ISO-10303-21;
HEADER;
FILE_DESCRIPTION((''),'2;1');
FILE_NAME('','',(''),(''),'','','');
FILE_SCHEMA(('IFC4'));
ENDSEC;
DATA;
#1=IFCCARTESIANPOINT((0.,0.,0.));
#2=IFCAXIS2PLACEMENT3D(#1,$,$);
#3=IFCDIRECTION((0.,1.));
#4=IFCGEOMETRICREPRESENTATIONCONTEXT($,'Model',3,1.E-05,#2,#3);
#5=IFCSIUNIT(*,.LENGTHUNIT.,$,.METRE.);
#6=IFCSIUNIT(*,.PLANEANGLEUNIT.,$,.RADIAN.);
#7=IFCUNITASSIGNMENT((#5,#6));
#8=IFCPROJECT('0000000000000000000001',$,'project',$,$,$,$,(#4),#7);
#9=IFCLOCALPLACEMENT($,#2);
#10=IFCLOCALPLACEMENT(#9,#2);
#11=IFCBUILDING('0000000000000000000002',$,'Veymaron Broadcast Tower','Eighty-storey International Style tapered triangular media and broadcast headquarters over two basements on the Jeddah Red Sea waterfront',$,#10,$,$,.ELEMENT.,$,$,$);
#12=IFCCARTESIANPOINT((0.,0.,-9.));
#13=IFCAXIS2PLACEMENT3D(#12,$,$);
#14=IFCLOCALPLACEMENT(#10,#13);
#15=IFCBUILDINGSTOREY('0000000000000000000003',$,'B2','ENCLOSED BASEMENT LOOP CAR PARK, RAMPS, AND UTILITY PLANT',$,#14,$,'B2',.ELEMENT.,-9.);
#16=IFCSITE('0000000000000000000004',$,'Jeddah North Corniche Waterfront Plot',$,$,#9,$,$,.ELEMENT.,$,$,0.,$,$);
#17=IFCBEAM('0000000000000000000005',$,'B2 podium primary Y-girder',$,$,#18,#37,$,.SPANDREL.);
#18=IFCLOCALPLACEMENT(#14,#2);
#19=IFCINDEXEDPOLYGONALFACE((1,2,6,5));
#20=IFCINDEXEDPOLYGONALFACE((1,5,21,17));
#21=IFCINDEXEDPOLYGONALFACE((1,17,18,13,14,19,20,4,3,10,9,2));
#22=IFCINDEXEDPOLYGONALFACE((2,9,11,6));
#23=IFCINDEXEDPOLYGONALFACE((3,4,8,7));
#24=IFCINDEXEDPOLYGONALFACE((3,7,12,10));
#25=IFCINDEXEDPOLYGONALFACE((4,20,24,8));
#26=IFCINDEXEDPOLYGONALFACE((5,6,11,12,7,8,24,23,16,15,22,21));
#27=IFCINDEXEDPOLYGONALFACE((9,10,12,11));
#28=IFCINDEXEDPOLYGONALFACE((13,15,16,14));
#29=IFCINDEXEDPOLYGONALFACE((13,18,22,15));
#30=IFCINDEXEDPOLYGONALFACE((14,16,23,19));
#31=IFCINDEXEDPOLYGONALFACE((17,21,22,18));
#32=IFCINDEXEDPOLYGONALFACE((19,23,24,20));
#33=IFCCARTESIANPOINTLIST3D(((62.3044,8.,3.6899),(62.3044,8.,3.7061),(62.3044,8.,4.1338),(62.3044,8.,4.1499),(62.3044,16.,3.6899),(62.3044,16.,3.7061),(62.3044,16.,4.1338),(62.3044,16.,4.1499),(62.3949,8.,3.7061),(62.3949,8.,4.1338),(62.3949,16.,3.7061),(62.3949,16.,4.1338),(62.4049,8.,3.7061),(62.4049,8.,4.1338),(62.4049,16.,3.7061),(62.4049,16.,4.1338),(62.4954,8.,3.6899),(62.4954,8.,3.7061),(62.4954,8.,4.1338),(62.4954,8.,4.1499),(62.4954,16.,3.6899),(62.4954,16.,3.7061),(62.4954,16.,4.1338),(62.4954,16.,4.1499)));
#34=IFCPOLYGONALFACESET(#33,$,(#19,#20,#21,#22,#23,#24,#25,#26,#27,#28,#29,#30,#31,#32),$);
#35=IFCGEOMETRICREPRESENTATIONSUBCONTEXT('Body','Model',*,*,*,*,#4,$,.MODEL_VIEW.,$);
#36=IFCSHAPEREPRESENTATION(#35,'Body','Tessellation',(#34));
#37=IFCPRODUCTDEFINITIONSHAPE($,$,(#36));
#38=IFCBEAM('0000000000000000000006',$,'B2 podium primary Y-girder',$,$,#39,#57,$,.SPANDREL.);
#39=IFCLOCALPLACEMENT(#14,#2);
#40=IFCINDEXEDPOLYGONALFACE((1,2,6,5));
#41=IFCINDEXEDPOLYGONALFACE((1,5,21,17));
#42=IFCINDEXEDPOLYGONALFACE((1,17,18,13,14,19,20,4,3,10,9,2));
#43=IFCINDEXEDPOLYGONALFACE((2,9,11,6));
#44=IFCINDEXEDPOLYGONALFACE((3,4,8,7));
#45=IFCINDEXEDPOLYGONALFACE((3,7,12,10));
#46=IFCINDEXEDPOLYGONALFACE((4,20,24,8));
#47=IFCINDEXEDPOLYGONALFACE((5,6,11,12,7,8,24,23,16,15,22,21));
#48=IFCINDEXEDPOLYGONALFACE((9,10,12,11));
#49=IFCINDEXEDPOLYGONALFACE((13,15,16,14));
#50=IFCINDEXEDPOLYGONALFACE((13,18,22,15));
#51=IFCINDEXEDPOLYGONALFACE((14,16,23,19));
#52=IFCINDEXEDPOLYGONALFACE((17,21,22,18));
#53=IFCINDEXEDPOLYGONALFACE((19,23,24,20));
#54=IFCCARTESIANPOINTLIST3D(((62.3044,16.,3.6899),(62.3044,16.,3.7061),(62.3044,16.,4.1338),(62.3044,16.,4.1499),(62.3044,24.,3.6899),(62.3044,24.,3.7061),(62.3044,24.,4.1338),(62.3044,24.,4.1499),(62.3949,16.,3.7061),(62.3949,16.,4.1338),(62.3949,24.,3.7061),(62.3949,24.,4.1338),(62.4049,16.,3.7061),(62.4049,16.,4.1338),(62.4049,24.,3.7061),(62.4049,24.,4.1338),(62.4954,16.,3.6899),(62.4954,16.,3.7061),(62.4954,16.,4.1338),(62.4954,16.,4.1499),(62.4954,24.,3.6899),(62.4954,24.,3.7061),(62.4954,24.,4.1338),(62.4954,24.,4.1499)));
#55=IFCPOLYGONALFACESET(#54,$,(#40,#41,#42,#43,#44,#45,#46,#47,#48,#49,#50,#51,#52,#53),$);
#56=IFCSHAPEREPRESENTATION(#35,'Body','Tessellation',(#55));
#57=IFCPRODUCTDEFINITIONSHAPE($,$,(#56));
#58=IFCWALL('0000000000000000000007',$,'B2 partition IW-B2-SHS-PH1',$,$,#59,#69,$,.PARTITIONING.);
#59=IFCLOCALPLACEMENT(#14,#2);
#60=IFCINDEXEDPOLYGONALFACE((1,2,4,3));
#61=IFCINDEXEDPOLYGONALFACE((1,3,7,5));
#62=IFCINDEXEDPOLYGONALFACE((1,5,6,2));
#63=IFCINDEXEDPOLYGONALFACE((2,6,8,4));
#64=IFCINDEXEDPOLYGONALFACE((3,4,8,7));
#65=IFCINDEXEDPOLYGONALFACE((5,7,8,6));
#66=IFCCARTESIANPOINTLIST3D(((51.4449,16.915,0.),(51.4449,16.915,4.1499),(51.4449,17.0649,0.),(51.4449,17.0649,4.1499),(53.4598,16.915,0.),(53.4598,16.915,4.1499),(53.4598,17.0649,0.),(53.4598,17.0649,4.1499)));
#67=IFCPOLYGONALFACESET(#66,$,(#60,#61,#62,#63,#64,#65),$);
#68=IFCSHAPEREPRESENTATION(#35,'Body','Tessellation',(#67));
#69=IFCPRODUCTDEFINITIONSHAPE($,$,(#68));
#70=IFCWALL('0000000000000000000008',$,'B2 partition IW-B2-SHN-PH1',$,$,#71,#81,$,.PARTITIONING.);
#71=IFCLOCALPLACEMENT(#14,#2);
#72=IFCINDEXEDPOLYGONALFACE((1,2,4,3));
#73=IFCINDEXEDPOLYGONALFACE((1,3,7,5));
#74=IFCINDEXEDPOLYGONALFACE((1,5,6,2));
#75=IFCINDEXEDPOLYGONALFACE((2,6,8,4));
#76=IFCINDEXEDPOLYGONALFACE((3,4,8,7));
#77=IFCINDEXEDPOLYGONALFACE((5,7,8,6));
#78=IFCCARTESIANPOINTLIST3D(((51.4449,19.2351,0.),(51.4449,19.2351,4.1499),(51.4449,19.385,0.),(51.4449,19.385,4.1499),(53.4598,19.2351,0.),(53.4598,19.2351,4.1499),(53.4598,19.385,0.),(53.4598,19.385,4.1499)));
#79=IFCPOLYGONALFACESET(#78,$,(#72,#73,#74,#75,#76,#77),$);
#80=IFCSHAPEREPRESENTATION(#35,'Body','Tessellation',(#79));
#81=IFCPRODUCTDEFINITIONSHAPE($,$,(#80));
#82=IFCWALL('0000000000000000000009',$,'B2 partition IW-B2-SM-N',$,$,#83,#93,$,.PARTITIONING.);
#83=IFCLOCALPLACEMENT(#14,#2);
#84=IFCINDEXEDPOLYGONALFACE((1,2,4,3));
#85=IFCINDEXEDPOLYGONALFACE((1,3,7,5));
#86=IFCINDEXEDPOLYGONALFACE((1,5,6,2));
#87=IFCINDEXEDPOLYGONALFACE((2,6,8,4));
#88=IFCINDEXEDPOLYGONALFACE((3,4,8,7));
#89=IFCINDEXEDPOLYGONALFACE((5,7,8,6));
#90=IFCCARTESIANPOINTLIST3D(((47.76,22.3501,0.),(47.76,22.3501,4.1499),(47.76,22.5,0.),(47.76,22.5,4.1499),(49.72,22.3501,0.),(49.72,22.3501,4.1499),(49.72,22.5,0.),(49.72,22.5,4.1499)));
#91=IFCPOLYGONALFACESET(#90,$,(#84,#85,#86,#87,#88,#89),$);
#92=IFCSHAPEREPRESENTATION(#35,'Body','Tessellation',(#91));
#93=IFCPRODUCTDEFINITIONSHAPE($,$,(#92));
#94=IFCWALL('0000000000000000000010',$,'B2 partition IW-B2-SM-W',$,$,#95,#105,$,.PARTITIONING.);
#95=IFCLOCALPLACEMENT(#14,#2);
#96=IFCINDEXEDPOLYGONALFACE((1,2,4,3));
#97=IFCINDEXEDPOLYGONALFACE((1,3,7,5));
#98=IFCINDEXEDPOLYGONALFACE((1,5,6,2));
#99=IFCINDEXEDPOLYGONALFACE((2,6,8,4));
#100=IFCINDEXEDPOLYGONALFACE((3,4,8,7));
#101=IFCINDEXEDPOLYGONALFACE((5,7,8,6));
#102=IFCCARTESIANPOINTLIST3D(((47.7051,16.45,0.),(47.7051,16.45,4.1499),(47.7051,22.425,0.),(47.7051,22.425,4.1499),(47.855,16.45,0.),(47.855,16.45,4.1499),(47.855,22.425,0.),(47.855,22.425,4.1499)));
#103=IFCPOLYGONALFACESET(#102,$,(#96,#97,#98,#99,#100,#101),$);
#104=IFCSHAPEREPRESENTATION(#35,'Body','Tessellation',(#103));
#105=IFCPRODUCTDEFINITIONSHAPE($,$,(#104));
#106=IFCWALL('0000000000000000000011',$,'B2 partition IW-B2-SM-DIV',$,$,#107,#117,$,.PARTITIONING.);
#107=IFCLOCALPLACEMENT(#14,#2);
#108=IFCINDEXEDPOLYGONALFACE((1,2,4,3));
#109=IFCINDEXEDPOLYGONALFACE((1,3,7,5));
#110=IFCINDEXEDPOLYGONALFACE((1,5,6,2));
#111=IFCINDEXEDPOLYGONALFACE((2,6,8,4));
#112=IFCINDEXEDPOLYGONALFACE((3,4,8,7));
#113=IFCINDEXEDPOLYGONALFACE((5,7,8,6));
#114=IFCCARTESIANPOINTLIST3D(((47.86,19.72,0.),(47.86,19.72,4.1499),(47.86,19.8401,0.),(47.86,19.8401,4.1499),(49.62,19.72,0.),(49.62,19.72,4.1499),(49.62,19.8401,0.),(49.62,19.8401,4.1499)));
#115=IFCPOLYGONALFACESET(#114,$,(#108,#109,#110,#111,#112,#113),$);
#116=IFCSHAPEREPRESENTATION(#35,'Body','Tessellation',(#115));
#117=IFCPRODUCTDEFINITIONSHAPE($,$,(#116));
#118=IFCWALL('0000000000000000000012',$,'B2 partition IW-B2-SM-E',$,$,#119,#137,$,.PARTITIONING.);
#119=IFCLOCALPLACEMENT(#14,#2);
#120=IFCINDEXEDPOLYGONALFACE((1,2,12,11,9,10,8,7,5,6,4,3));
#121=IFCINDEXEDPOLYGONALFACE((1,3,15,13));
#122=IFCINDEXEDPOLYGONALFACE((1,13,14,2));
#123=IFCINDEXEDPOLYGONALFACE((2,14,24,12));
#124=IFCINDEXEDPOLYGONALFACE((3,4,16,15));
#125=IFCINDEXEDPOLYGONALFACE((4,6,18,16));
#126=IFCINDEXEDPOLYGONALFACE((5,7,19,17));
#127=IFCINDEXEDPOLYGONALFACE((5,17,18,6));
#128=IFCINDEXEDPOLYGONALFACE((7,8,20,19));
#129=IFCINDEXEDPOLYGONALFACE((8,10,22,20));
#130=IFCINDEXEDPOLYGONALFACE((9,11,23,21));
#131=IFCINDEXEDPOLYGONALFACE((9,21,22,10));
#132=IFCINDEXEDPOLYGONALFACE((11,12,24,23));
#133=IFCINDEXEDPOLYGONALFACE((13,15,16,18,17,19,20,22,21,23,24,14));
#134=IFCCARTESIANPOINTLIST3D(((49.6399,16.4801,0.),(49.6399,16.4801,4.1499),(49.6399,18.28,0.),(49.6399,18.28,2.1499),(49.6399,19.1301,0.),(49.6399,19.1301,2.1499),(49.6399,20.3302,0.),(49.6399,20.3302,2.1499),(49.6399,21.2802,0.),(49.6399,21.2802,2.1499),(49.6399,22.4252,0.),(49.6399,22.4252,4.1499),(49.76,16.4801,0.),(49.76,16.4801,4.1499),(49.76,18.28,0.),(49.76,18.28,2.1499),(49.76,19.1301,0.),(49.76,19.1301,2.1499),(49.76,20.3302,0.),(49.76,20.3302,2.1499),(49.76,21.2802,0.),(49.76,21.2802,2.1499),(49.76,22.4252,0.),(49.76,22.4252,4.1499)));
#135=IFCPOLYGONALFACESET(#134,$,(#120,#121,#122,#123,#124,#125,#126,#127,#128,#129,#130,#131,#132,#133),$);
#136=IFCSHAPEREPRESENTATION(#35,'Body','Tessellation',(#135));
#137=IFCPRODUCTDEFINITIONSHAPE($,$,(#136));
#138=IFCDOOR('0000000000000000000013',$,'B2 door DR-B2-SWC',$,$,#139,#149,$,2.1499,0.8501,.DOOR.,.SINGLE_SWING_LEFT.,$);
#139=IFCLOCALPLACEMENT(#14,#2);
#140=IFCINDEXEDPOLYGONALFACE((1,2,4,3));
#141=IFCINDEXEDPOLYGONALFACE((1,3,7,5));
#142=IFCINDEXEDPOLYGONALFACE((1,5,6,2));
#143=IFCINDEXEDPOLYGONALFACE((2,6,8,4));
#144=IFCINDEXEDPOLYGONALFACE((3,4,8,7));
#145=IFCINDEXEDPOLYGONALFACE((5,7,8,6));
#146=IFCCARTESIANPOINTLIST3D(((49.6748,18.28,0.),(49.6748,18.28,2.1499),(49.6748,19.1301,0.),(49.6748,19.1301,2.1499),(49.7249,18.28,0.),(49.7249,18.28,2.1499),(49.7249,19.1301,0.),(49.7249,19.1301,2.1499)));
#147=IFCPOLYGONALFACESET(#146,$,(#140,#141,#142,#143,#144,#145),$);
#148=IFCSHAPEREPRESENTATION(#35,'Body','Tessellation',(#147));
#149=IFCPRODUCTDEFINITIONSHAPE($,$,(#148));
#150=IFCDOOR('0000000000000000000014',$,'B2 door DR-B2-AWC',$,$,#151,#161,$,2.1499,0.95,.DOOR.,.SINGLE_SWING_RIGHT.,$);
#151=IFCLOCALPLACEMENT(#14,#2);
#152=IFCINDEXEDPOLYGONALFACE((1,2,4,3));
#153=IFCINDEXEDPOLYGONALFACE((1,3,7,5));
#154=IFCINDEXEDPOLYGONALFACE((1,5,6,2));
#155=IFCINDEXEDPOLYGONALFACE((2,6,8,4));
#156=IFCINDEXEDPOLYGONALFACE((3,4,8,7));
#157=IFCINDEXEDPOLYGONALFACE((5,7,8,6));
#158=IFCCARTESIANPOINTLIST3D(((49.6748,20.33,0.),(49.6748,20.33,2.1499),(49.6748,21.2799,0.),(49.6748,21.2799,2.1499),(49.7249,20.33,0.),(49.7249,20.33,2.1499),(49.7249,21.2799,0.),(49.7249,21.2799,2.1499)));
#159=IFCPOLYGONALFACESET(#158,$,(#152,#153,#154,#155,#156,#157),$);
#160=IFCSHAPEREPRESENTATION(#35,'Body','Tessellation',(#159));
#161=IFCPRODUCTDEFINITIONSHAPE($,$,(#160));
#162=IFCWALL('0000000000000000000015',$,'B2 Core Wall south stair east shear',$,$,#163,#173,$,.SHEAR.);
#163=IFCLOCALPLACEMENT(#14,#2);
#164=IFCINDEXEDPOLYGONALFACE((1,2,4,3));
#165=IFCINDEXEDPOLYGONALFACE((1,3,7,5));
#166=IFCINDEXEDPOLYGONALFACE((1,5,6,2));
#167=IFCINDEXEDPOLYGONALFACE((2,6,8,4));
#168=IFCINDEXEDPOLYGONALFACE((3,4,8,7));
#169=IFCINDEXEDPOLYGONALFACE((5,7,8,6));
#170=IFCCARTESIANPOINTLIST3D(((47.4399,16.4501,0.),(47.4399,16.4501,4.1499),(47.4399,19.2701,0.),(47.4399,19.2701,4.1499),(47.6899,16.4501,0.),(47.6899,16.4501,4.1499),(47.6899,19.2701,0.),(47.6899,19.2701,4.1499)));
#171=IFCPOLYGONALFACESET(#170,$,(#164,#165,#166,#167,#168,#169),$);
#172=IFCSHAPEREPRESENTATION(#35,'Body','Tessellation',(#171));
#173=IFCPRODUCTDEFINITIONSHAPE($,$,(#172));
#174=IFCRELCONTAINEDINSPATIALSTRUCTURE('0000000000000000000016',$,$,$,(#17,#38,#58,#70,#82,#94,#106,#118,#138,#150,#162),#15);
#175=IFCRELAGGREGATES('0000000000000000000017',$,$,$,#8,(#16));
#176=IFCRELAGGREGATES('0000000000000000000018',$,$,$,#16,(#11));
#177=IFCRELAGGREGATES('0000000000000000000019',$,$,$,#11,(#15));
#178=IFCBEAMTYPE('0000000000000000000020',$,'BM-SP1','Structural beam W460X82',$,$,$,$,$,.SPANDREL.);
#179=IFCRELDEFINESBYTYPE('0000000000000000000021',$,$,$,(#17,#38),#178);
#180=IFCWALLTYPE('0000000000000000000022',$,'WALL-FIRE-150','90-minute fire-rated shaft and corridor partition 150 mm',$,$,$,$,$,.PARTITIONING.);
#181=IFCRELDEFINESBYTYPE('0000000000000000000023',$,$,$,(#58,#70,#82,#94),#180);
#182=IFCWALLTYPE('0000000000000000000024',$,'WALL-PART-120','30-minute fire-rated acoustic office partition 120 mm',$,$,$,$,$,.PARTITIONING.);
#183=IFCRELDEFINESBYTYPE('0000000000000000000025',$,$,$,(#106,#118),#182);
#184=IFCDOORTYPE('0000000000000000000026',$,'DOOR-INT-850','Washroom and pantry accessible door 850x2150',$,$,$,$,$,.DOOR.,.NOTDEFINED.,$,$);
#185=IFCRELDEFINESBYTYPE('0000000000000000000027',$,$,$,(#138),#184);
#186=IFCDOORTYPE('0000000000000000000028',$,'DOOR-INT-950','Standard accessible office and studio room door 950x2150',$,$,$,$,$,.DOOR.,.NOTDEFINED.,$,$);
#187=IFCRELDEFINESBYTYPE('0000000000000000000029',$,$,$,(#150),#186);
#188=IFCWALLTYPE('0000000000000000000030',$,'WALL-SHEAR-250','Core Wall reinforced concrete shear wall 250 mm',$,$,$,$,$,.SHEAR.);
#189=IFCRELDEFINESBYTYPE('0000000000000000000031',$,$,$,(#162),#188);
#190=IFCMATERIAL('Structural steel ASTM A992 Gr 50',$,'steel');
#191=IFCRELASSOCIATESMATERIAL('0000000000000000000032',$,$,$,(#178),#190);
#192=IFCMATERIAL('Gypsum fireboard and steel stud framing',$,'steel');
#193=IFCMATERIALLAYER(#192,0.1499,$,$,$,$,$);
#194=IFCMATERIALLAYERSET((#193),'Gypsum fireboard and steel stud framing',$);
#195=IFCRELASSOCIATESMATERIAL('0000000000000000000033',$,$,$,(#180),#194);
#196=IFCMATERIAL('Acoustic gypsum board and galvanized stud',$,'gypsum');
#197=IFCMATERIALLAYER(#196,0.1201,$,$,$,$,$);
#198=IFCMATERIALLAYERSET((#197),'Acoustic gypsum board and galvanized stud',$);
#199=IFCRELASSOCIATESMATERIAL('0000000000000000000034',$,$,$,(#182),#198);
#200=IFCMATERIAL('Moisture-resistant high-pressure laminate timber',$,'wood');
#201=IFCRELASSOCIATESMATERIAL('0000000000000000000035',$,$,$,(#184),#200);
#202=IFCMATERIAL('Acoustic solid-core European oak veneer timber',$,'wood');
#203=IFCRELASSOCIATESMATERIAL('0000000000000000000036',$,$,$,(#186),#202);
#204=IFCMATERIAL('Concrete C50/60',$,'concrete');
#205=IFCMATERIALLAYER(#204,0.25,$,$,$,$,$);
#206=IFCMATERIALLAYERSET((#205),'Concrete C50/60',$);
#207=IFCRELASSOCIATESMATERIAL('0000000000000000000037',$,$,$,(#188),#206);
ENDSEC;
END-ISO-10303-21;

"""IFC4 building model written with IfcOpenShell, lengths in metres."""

from ifc_helpers import new_model, si_unit, direction, frame, frame_2d, origin, origin_2d, place, context, subcontext, project, spatial, rectangle, i_section, extrude, material, layer, layer_set, material_profile, profile_set, type_object, element, fill, save


model = new_model("IFC4")

# Units and contexts
model_context = context("Model", 3, precision=1e-05, world=origin(), true_north=direction((0.0, 1.0)))
body_context = subcontext(model_context, "Body", "Model", "MODEL_VIEW")
ifc_project = project(units=[si_unit("LENGTHUNIT", "METRE"), si_unit("PLANEANGLEUNIT", "RADIAN")], contexts=[model_context])

# Site, building, storey
site_placement = place(None, origin())
site = spatial("IfcSite", under=ifc_project, at=site_placement, Name="Jeddah North Corniche Waterfront Plot", CompositionType="ELEMENT", RefElevation=0.0)
building_placement = place(site_placement, origin())
building = spatial("IfcBuilding", under=site, at=building_placement, Name="Veymaron Broadcast Tower", Description="Eighty-storey International Style tapered triangular media and broadcast headquarters over two basements on the Jeddah Red Sea waterfront", CompositionType="ELEMENT")
storey_placement = place(building_placement, frame((0.0, 0.0, -9.0)))
storey = spatial("IfcBuildingStorey", under=building, at=storey_placement, Name="B2", Description="ENCLOSED BASEMENT LOOP CAR PARK, RAMPS, AND UTILITY PLANT", LongName="B2", CompositionType="ELEMENT", Elevation=-9.0)

# Shared definitions
ifc_material_1 = material(Name="Concrete C50/60", Category="concrete")

# Beams
ifc_material_2 = material(Name="Structural steel ASTM A992 Gr 50", Category="steel")
ifc_material_profile_1 = material_profile(ifc_material_2, i_section(OverallWidth=0.1909, OverallDepth=0.46, WebThickness=0.01, FlangeThickness=0.0161, at=origin_2d()), Name="W460X82")
ifc_profile_set_1 = profile_set([ifc_material_profile_1], Name="Structural steel ASTM A992 Gr 50")
beam_type_1 = type_object("IfcBeamType", Name="BM-SP1", Description="Structural beam W460X82", PredefinedType="SPANDREL", material=ifc_profile_set_1)
for number, where, z_axis, x_axis, name in (
    (1, (62.3999, 8.0, 3.9199), (0.0, 1.0, 0.0), (-1.0, 0.0, 0.0), "B2 podium primary Y-girder"),
    (2, (62.3999, 16.0, 3.9199), (0.0, 1.0, 0.0), (-1.0, 0.0, 0.0), "B2 podium primary Y-girder"),
):
    element("IfcBeam", number, at=place(storey_placement, frame(where, z_axis=z_axis, x_axis=x_axis)), inside=storey, type_object=beam_type_1, Name=name, PredefinedType="SPANDREL", context=body_context, shape_type="SweptSolid", body=[
        extrude(i_section(OverallWidth=0.1909, OverallDepth=0.46, WebThickness=0.01, FlangeThickness=0.0161, at=origin_2d()), origin(), (0.0, 0.0, 1.0), 8.0),
    ])

# Shared definitions
ifc_material_3 = material(Name="Gypsum fireboard and steel stud framing", Category="steel")
ifc_layer_1 = layer(ifc_material_3, 0.1499)
ifc_layer_set_1 = layer_set([ifc_layer_1], Name="Gypsum fireboard and steel stud framing")
wall_type_1 = type_object("IfcWallType", Name="WALL-FIRE-150", Description="90-minute fire-rated shaft and corridor partition 150 mm", PredefinedType="PARTITIONING", material=ifc_layer_set_1)

# Walls
for number, where, z_axis, x_axis, name in (
    (3, (51.4451, 16.99, 0.0), (0.0, 0.0, 1.0), (1.0, 0.0, 0.0), "B2 partition IW-B2-SHS-PH1"),
    (4, (51.4451, 19.3101, 0.0), (0.0, 0.0, 1.0), (1.0, 0.0, 0.0), "B2 partition IW-B2-SHN-PH1"),
):
    element("IfcWall", number, at=place(storey_placement, frame(where, z_axis=z_axis, x_axis=x_axis)), inside=storey, type_object=wall_type_1, Name=name, PredefinedType="PARTITIONING", context=body_context, shape_type="SweptSolid", body=[
        extrude(rectangle(XDim=2.0149, YDim=0.1499, at=frame_2d((1.0073, 0.0))), origin(), (0.0, 0.0, 1.0), 4.1499),
    ])
wall_1_placement = place(storey_placement, frame((47.76, 22.425, 0.0), z_axis=(0.0, 0.0, 1.0), x_axis=(1.0, 0.0, 0.0)))
element("IfcWall", 5, at=wall_1_placement, inside=storey, type_object=wall_type_1, Name="B2 partition IW-B2-SM-N", PredefinedType="PARTITIONING", context=body_context, shape_type="SweptSolid", body=[
    extrude(rectangle(XDim=1.96, YDim=0.1499, at=frame_2d((0.98, 0.0))), origin(), (0.0, 0.0, 1.0), 4.1499),
])
wall_2_placement = place(storey_placement, frame((47.78, 16.45, 0.0), z_axis=(0.0, 0.0, 1.0), x_axis=(0.0, 1.0, 0.0)))
element("IfcWall", 6, at=wall_2_placement, inside=storey, type_object=wall_type_1, Name="B2 partition IW-B2-SM-W", PredefinedType="PARTITIONING", context=body_context, shape_type="SweptSolid", body=[
    extrude(rectangle(XDim=5.9751, YDim=0.1499, at=frame_2d((2.9875, 0.0))), origin(), (0.0, 0.0, 1.0), 4.1499),
])
ifc_material_4 = material(Name="Acoustic gypsum board and galvanized stud", Category="gypsum")
ifc_layer_2 = layer(ifc_material_4, 0.1201)
ifc_layer_set_2 = layer_set([ifc_layer_2], Name="Acoustic gypsum board and galvanized stud")
wall_type_2 = type_object("IfcWallType", Name="WALL-PART-120", Description="30-minute fire-rated acoustic office partition 120 mm", PredefinedType="PARTITIONING", material=ifc_layer_set_2)
wall_3_placement = place(storey_placement, frame((47.8601, 19.78, 0.0), z_axis=(0.0, 0.0, 1.0), x_axis=(1.0, 0.0, 0.0)))
element("IfcWall", 7, at=wall_3_placement, inside=storey, type_object=wall_type_2, Name="B2 partition IW-B2-SM-DIV", PredefinedType="PARTITIONING", context=body_context, shape_type="SweptSolid", body=[
    extrude(rectangle(XDim=1.76, YDim=0.1201, at=frame_2d((0.8799, 0.0))), origin(), (0.0, 0.0, 1.0), 4.1499),
])

# Wall, openings, doors
wall_4_placement = place(storey_placement, frame((49.7, 16.48, 0.0), z_axis=(0.0, 0.0, 1.0), x_axis=(0.0, 1.0, 0.0)))
wall_4 = element("IfcWall", 8, at=wall_4_placement, inside=storey, type_object=wall_type_2, Name="B2 partition IW-B2-SM-E", PredefinedType="PARTITIONING", context=body_context, shape_type="SweptSolid", body=[
    extrude(rectangle(XDim=5.9451, YDim=0.1201, at=frame_2d((2.9727, 0.0))), origin(), (0.0, 0.0, 1.0), 4.1499),
])
opening_1_placement = place(wall_4_placement, frame((1.8, 0.0, 0.0)))
opening_1 = element("IfcOpeningElement", 9, at=opening_1_placement, cuts=wall_4, PredefinedType="OPENING", context=body_context, shape_type="SweptSolid", body=[
    extrude(rectangle(XDim=0.8501, YDim=2.1499, at=frame_2d((0.425, 1.075))), frame((0.0, 0.0701, 0.0), z_axis=(0.0, -1.0, 0.0), x_axis=(1.0, 0.0, 0.0)), (0.0, 0.0, 1.0), 0.1401),
])
opening_2_placement = place(wall_4_placement, frame((3.8501, 0.0, 0.0)))
opening_2 = element("IfcOpeningElement", 10, at=opening_2_placement, cuts=wall_4, PredefinedType="OPENING", context=body_context, shape_type="SweptSolid", body=[
    extrude(rectangle(XDim=0.95, YDim=2.1499, at=frame_2d((0.4751, 1.075))), frame((0.0, 0.0701, 0.0), z_axis=(0.0, -1.0, 0.0), x_axis=(1.0, 0.0, 0.0)), (0.0, 0.0, 1.0), 0.1401),
])
ifc_material_5 = material(Name="Moisture-resistant high-pressure laminate timber", Category="wood")
door_type_1 = type_object("IfcDoorType", Name="DOOR-INT-850", Description="Washroom and pantry accessible door 850x2150", OperationType="NOTDEFINED", PredefinedType="DOOR", material=ifc_material_5)
door_1_placement = place(opening_1_placement, frame((0.8501, 0.0, 0.0), z_axis=(0.0, 0.0, 1.0), x_axis=(-1.0, 0.0, 0.0)))
door_1 = element("IfcDoor", 11, at=door_1_placement, inside=storey, type_object=door_type_1, Name="B2 door DR-B2-SWC", OperationType="SINGLE_SWING_LEFT", OverallHeight=2.1499, OverallWidth=0.8501, PredefinedType="DOOR", context=body_context, shape_type="SweptSolid", body=[
    extrude(rectangle(XDim=0.8501, YDim=2.1499, at=frame_2d((0.425, 1.075))), frame((0.0, 0.0249, 0.0), z_axis=(0.0, -1.0, 0.0), x_axis=(1.0, 0.0, 0.0)), (0.0, 0.0, 1.0), 0.05),
])
fill(opening_1, door_1)
ifc_material_6 = material(Name="Acoustic solid-core European oak veneer timber", Category="wood")
door_type_2 = type_object("IfcDoorType", Name="DOOR-INT-950", Description="Standard accessible office and studio room door 950x2150", OperationType="NOTDEFINED", PredefinedType="DOOR", material=ifc_material_6)
door_2_placement = place(opening_2_placement, frame((0.95, 0.0, 0.0), z_axis=(0.0, 0.0, 1.0), x_axis=(-1.0, 0.0, 0.0)))
door_2 = element("IfcDoor", 12, at=door_2_placement, inside=storey, type_object=door_type_2, Name="B2 door DR-B2-AWC", OperationType="SINGLE_SWING_RIGHT", OverallHeight=2.1499, OverallWidth=0.95, PredefinedType="DOOR", context=body_context, shape_type="SweptSolid", body=[
    extrude(rectangle(XDim=0.95, YDim=2.1499, at=frame_2d((0.4751, 1.075))), frame((0.0, 0.0249, 0.0), z_axis=(0.0, -1.0, 0.0), x_axis=(1.0, 0.0, 0.0)), (0.0, 0.0, 1.0), 0.05),
])
fill(opening_2, door_2)

# Wall
ifc_layer_3 = layer(ifc_material_1, 0.25)
ifc_layer_set_3 = layer_set([ifc_layer_3], Name="Concrete C50/60")
wall_type_3 = type_object("IfcWallType", Name="WALL-SHEAR-250", Description="Core Wall reinforced concrete shear wall 250 mm", PredefinedType="SHEAR", material=ifc_layer_set_3)
wall_5_placement = place(storey_placement, frame((47.5649, 16.45, 0.0), z_axis=(0.0, 0.0, 1.0), x_axis=(0.0, 1.0, 0.0)))
element("IfcWall", 13, at=wall_5_placement, inside=storey, type_object=wall_type_3, Name="B2 Core Wall south stair east shear", PredefinedType="SHEAR", context=body_context, shape_type="SweptSolid", body=[
    extrude(rectangle(XDim=2.8201, YDim=0.25, at=frame_2d((1.4102, 0.0))), origin(), (0.0, 0.0, 1.0), 4.1499),
])

save(model, "model.ifc")
